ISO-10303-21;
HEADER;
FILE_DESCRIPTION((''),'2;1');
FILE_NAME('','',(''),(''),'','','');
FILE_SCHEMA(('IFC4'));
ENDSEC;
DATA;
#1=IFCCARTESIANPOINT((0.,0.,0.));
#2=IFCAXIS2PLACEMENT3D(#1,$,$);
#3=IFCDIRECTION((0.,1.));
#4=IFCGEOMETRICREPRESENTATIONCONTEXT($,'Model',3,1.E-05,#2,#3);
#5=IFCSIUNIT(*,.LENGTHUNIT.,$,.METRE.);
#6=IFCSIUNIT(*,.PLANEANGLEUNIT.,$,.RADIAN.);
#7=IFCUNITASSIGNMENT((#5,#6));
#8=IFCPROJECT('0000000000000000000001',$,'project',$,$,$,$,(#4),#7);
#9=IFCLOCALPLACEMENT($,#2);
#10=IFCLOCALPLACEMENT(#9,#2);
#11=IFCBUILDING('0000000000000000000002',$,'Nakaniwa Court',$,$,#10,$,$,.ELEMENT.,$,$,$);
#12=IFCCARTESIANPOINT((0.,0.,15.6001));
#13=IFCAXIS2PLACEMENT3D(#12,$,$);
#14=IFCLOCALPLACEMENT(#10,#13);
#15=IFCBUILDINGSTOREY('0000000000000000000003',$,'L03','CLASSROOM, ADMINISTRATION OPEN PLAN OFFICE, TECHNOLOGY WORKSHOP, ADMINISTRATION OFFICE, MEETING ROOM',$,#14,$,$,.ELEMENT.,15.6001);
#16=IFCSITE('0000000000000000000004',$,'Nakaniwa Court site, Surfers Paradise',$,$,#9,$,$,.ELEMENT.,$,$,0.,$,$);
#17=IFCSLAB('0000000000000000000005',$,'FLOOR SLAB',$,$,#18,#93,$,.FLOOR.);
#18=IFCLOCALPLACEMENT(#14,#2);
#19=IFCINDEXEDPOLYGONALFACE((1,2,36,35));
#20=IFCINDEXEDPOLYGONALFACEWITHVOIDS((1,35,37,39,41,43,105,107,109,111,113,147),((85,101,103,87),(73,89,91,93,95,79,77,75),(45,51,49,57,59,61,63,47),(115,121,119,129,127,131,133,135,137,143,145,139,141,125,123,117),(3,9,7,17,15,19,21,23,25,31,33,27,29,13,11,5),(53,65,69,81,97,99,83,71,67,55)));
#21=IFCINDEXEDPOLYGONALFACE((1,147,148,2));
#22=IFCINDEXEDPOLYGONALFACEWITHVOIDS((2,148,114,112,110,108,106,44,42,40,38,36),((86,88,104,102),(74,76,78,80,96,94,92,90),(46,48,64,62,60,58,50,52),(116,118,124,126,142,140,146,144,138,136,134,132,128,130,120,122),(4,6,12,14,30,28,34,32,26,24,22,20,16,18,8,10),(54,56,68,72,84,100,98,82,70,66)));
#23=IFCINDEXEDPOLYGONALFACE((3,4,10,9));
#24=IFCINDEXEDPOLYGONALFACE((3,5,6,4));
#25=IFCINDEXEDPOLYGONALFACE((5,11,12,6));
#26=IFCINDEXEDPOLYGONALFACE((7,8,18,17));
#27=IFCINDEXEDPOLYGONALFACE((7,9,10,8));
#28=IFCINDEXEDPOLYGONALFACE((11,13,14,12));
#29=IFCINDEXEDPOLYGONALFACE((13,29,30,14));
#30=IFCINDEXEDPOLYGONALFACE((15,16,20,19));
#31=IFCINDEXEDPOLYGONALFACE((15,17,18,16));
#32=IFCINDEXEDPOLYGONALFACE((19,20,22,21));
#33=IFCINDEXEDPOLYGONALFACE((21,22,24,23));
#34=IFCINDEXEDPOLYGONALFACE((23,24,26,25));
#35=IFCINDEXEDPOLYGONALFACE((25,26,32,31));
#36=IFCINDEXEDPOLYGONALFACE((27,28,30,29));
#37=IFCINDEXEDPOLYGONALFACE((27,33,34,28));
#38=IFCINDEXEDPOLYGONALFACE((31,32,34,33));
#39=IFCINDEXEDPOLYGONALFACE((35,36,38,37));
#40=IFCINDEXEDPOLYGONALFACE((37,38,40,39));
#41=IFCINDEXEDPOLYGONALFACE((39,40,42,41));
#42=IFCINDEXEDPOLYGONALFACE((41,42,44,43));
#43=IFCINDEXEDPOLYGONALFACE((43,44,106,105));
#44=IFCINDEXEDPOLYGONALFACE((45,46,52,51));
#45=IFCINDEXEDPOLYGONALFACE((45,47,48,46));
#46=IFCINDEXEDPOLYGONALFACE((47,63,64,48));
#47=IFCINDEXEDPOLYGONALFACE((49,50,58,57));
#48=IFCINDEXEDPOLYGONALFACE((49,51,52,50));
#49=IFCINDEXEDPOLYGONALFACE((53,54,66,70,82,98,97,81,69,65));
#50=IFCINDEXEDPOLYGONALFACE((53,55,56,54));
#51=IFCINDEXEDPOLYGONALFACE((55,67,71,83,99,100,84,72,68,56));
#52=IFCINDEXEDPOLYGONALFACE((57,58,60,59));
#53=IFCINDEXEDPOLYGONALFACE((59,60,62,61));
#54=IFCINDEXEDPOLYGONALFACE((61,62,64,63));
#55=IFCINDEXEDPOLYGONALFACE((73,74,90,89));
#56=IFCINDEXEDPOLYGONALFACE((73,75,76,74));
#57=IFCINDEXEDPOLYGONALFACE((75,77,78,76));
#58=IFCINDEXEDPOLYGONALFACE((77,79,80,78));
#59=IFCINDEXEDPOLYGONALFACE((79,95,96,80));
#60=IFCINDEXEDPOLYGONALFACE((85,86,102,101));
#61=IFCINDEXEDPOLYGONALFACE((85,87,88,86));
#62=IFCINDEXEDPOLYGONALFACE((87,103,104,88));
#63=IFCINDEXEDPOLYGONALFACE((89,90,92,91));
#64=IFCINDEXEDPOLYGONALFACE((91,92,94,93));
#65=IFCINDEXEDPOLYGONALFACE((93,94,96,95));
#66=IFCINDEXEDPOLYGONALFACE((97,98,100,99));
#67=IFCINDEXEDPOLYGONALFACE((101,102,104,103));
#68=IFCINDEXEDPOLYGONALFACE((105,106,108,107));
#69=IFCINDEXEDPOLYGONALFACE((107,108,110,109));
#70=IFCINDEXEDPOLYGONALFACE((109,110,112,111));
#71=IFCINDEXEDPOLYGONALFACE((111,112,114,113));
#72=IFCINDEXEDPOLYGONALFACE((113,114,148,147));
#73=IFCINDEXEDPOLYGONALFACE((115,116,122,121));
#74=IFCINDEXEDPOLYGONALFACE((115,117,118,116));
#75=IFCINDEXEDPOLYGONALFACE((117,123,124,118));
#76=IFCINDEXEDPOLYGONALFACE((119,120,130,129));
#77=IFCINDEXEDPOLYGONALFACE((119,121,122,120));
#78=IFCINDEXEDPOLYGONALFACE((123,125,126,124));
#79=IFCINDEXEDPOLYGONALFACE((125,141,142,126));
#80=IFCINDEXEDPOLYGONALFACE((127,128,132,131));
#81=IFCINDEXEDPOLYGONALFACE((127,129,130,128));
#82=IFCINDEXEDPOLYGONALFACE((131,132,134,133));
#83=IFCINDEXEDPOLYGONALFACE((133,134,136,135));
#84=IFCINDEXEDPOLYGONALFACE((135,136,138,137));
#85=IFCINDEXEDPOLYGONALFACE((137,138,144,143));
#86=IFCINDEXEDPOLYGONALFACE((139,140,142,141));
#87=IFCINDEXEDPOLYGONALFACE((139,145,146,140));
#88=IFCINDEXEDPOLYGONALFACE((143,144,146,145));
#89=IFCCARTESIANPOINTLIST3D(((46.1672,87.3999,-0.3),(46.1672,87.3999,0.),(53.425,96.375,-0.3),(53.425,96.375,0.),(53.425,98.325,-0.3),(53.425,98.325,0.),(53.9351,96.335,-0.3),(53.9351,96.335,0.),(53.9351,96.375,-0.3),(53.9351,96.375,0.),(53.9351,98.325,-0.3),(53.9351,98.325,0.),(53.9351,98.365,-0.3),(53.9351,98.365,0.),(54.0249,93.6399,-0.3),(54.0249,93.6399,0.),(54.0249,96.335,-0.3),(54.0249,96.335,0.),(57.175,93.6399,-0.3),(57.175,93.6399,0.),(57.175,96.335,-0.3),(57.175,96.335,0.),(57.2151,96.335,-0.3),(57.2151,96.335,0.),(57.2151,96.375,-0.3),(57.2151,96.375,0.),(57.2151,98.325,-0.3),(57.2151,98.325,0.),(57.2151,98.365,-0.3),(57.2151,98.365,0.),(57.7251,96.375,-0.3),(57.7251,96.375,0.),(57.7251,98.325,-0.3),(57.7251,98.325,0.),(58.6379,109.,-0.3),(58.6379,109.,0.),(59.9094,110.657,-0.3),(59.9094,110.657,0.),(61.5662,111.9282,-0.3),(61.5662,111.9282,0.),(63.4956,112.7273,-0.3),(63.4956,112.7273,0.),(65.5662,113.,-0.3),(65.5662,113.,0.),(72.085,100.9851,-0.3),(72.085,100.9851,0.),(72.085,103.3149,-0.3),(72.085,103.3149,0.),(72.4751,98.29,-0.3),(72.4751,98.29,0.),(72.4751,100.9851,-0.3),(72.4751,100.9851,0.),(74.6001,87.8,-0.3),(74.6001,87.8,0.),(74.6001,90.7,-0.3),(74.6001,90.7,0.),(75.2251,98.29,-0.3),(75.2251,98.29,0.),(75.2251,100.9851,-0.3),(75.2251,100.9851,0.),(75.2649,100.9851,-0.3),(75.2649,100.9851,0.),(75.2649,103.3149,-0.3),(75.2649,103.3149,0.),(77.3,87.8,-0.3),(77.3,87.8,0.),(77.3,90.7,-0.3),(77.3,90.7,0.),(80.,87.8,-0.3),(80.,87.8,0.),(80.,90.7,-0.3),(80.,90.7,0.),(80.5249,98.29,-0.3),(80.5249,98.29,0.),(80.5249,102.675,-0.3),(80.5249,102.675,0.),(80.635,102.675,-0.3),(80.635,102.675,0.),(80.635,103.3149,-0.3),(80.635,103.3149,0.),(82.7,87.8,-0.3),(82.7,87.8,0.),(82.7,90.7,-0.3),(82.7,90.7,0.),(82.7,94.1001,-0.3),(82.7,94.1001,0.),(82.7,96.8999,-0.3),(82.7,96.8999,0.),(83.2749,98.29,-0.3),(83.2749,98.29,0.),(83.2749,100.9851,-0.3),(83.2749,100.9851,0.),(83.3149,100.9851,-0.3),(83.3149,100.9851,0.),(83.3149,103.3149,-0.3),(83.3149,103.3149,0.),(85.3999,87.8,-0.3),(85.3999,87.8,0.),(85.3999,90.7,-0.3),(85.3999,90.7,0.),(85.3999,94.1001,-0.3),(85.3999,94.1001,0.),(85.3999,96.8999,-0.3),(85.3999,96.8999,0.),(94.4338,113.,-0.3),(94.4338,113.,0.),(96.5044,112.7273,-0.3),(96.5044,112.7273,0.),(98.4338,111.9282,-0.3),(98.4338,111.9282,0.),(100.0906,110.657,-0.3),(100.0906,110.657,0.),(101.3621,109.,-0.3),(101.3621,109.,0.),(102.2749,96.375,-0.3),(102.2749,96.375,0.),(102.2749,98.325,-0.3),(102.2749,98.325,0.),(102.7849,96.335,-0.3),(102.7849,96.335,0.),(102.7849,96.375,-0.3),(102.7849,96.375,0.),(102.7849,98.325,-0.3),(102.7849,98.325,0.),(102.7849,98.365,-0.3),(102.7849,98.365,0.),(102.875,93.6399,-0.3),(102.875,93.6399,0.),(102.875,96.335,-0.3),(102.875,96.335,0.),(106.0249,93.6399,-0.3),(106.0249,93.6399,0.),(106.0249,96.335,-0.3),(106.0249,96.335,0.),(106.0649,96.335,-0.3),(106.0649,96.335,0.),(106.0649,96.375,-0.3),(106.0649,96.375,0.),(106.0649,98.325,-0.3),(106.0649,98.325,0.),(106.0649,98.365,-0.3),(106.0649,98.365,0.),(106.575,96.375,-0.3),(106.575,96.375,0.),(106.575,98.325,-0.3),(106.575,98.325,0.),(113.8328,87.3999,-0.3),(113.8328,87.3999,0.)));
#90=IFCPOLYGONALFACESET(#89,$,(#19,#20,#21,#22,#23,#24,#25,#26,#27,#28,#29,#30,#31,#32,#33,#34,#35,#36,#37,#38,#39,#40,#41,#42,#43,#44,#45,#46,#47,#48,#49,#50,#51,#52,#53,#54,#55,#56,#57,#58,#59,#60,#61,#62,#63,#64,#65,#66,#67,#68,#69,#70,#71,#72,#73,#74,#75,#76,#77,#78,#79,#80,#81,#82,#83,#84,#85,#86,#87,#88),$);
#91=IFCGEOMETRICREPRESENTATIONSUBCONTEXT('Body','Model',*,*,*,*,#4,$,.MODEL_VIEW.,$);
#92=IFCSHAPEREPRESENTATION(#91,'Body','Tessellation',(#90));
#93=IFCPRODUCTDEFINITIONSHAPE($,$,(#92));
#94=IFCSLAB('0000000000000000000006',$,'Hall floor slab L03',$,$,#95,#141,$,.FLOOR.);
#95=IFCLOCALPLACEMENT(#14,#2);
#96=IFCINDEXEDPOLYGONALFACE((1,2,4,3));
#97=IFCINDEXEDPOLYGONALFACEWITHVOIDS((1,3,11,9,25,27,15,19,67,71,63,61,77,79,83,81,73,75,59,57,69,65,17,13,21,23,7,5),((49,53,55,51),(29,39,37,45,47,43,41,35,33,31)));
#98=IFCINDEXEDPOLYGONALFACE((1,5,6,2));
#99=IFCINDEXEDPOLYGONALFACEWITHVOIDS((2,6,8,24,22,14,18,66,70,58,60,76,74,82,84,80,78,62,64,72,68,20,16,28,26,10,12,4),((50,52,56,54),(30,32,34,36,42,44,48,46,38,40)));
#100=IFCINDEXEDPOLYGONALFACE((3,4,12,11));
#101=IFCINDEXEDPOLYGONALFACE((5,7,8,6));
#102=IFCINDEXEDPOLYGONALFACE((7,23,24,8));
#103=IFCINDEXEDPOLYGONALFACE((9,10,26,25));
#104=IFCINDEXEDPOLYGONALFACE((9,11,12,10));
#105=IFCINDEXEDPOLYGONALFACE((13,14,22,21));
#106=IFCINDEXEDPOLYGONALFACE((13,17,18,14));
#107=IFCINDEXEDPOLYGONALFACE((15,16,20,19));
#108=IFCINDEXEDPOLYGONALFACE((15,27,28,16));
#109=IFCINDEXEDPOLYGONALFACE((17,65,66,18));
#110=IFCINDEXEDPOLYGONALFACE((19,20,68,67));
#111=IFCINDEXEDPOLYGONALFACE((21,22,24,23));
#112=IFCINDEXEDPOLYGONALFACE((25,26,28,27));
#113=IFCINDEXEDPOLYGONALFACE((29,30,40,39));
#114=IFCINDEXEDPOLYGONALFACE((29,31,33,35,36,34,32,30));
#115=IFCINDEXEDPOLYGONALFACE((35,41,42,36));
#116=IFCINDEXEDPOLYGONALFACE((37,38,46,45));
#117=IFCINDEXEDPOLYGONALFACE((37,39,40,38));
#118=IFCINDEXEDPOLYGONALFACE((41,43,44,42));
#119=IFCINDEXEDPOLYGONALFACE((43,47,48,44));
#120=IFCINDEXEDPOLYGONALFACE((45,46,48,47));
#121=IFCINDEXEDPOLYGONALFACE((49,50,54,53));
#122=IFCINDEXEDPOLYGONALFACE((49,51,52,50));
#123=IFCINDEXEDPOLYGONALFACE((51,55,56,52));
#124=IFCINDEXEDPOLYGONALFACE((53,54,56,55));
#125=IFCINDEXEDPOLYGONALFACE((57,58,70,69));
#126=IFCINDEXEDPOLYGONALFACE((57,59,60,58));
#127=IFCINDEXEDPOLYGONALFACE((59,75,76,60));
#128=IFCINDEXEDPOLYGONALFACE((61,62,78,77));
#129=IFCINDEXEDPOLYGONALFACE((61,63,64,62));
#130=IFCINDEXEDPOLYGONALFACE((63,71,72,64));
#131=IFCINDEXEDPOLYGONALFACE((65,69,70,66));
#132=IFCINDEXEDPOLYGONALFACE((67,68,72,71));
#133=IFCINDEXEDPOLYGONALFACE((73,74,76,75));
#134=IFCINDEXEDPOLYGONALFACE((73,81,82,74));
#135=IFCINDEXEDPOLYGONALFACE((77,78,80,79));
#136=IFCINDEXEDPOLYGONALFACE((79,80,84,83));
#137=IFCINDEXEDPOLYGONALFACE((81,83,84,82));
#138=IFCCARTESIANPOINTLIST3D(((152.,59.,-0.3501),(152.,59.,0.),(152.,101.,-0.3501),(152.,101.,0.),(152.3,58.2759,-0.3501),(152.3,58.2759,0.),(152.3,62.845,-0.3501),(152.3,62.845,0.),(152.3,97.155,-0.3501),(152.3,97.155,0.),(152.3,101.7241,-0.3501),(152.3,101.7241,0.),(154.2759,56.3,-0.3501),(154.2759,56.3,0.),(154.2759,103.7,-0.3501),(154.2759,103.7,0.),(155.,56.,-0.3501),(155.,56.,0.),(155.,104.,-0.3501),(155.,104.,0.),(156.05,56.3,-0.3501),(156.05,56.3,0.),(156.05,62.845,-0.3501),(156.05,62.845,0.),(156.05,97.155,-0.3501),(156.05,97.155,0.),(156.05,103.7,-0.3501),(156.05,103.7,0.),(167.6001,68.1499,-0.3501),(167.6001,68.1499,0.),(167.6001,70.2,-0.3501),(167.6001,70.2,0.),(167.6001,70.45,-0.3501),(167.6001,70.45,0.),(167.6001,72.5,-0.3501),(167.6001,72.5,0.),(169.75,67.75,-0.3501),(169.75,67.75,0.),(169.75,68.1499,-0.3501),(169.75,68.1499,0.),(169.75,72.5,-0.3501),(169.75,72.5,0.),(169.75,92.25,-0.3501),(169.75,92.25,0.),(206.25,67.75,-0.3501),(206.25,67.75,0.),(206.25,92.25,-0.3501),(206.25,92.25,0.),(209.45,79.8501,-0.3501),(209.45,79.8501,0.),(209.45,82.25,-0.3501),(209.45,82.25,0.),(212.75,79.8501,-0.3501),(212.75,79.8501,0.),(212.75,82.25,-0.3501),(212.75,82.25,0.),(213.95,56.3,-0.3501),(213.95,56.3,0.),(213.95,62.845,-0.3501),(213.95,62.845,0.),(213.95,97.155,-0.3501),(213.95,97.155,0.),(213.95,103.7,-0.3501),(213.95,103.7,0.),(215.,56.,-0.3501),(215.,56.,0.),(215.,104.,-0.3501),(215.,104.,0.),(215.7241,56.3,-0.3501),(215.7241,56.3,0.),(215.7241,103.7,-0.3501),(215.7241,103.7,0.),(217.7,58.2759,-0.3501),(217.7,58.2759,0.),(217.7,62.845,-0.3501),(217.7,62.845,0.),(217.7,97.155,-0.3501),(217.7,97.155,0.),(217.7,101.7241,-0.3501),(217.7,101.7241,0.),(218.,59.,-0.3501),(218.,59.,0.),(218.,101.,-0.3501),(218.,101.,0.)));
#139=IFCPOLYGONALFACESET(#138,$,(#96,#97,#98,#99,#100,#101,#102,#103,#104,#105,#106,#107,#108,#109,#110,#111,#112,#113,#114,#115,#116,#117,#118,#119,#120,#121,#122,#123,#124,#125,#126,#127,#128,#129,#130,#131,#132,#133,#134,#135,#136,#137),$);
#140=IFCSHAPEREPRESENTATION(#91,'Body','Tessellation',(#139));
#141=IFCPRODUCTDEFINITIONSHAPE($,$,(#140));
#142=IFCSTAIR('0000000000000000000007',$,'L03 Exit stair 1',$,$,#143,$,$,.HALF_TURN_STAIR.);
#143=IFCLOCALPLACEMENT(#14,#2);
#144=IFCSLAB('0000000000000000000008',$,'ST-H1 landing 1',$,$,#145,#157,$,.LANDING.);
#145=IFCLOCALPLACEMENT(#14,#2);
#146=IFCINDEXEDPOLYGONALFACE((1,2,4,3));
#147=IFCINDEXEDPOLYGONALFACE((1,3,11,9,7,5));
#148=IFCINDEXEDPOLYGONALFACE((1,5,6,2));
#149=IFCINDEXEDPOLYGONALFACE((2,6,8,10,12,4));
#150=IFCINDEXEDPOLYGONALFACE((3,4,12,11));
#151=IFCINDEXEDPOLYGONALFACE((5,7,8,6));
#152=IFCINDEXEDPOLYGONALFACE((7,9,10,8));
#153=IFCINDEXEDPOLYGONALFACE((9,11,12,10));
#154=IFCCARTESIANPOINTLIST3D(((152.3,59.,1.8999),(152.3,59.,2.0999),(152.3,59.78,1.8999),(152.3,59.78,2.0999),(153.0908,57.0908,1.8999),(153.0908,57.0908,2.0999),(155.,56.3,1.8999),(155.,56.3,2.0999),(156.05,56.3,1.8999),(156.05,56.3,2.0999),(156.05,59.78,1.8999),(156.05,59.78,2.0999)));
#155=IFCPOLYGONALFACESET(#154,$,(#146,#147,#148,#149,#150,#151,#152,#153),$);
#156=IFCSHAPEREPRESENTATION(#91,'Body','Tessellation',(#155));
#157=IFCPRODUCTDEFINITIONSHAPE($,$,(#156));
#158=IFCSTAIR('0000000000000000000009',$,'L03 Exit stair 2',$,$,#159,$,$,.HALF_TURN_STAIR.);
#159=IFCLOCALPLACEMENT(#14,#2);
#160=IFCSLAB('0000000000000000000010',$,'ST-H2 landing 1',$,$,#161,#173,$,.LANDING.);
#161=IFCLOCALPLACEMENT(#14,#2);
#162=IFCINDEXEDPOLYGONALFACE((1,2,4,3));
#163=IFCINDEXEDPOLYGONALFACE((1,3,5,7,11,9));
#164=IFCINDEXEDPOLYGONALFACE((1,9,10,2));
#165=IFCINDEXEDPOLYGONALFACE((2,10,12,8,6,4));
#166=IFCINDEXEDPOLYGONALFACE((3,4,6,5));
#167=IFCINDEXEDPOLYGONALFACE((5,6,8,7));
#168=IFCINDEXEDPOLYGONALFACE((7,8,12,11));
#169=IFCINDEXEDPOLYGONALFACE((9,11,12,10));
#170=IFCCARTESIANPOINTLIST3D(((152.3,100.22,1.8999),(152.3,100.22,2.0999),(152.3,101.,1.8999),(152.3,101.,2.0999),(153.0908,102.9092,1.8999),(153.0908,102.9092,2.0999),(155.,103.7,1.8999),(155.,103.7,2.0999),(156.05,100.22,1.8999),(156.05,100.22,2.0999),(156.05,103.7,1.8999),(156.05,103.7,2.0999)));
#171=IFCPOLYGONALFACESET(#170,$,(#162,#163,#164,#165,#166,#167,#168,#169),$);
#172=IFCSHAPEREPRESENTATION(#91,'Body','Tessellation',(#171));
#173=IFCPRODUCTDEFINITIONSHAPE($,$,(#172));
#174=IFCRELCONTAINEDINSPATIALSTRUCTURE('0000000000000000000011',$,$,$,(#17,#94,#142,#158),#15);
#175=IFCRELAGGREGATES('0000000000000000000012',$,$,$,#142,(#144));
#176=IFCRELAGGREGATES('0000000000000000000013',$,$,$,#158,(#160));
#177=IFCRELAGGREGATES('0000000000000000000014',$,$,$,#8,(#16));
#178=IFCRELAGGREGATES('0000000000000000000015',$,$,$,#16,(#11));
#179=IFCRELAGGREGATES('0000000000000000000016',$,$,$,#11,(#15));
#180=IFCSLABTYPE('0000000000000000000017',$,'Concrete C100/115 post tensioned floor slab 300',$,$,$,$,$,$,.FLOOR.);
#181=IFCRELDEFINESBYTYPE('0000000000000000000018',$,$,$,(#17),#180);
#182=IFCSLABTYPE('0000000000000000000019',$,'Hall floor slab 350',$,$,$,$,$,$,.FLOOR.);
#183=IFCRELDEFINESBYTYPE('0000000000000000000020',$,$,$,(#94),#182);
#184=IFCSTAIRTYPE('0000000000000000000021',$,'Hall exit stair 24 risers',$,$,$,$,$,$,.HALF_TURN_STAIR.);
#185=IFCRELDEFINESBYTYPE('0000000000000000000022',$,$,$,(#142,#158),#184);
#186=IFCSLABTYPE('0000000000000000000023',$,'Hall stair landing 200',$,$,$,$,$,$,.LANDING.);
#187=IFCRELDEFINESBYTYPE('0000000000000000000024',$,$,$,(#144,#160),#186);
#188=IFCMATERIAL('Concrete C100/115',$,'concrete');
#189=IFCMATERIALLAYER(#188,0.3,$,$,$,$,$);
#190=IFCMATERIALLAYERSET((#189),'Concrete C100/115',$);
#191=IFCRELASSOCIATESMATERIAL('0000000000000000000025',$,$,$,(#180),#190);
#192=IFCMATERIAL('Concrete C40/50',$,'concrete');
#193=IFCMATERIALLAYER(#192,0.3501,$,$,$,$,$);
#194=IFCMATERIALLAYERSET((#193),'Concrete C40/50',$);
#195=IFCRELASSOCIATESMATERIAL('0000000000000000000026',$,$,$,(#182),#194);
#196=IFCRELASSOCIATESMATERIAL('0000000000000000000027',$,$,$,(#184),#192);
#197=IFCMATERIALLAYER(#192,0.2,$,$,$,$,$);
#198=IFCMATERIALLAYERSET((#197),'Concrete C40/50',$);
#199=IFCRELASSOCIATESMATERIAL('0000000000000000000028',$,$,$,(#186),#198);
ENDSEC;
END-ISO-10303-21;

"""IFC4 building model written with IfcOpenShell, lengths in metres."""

from ifc_helpers import new_model, si_unit, direction, frame, origin, place, context, subcontext, project, spatial, polyline, outline, extrude, material, layer, layer_set, type_object, element, aggregate, save


model = new_model("IFC4")

# Units and contexts
model_context = context("Model", 3, precision=1e-05, world=origin(), true_north=direction((0.0, 1.0)))
body_context = subcontext(model_context, "Body", "Model", "MODEL_VIEW")
ifc_project = project(units=[si_unit("LENGTHUNIT", "METRE"), si_unit("PLANEANGLEUNIT", "RADIAN")], contexts=[model_context])

# Site, building, storey
site_placement = place(None, origin())
site = spatial("IfcSite", under=ifc_project, at=site_placement, Name="Nakaniwa Court site, Surfers Paradise", CompositionType="ELEMENT", RefElevation=0.0)
building_placement = place(site_placement, origin())
building = spatial("IfcBuilding", under=site, at=building_placement, Name="Nakaniwa Court", CompositionType="ELEMENT")
storey_placement = place(building_placement, frame((0.0, 0.0, 15.6001)))
storey = spatial("IfcBuildingStorey", under=building, at=storey_placement, Name="L03", Description="CLASSROOM, ADMINISTRATION OPEN PLAN OFFICE, TECHNOLOGY WORKSHOP, ADMINISTRATION OFFICE, MEETING ROOM", CompositionType="ELEMENT", Elevation=15.6001)

# Shared definitions
ifc_material_1 = material(Name="Concrete C100/115", Category="concrete")

# Slabs
ifc_layer_1 = layer(ifc_material_1, 0.3)
ifc_layer_set_1 = layer_set([ifc_layer_1], Name="Concrete C100/115")
slab_type_1 = type_object("IfcSlabType", Name="Concrete C100/115 post tensioned floor slab 300", PredefinedType="FLOOR", material=ifc_layer_set_1)
slab_1_placement = place(storey_placement, frame((0.0, 0.0, -0.3)))
element("IfcSlab", 1, at=slab_1_placement, inside=storey, type_object=slab_type_1, Name="FLOOR SLAB", PredefinedType="FLOOR", context=body_context, shape_type="SweptSolid", body=[
    extrude(outline(polyline([(58.6379, 109.0), (46.1672, 87.3999), (113.8328, 87.3999), (101.3621, 109.0), (100.0906, 110.657), (98.4338, 111.9282), (96.5044, 112.7273), (94.4338, 113.0), (65.5662, 113.0), (63.4956, 112.7273), (61.5662, 111.9282), (59.9094, 110.657), (58.6379, 109.0)]), holes=[polyline([(82.7, 90.7), (80.0, 90.7), (77.3, 90.7), (74.6001, 90.7), (74.6001, 87.8), (77.3, 87.8), (80.0, 87.8), (82.7, 87.8), (85.3999, 87.8), (85.3999, 90.7), (82.7, 90.7)]), polyline([(57.175, 96.335), (57.2151, 96.335), (57.2151, 96.375), (57.7251, 96.375), (57.7251, 98.325), (57.2151, 98.325), (57.2151, 98.365), (53.9351, 98.365), (53.9351, 98.325), (53.425, 98.325), (53.425, 96.375), (53.9351, 96.375), (53.9351, 96.335), (54.0249, 96.335), (54.0249, 93.6399), (57.175, 93.6399), (57.175, 96.335)]), polyline([(75.2649, 100.9851), (75.2649, 103.3149), (72.085, 103.3149), (72.085, 100.9851), (72.4751, 100.9851), (72.4751, 98.29), (75.2251, 98.29), (75.2251, 100.9851), (75.2649, 100.9851)]), polyline([(85.3999, 94.1001), (85.3999, 96.8999), (82.7, 96.8999), (82.7, 94.1001), (85.3999, 94.1001)]), polyline([(106.0249, 96.335), (106.0649, 96.335), (106.0649, 96.375), (106.575, 96.375), (106.575, 98.325), (106.0649, 98.325), (106.0649, 98.365), (102.7849, 98.365), (102.7849, 98.325), (102.2749, 98.325), (102.2749, 96.375), (102.7849, 96.375), (102.7849, 96.335), (102.875, 96.335), (102.875, 93.6399), (106.0249, 93.6399), (106.0249, 96.335)]), polyline([(83.2749, 100.9851), (83.3149, 100.9851), (83.3149, 103.3149), (80.635, 103.3149), (80.635, 102.675), (80.5249, 102.675), (80.5249, 98.29), (83.2749, 98.29), (83.2749, 100.9851)])]), origin(), (0.0, 0.0, 1.0), 0.3),
])
ifc_material_2 = material(Name="Concrete C40/50", Category="concrete")
ifc_layer_2 = layer(ifc_material_2, 0.3501)
ifc_layer_set_2 = layer_set([ifc_layer_2], Name="Concrete C40/50")
slab_type_2 = type_object("IfcSlabType", Name="Hall floor slab 350", PredefinedType="FLOOR", material=ifc_layer_set_2)
slab_2_placement = place(storey_placement, frame((0.0, 0.0, -0.3501)))
element("IfcSlab", 2, at=slab_2_placement, inside=storey, type_object=slab_type_2, Name="Hall floor slab L03", PredefinedType="FLOOR", context=body_context, shape_type="SweptSolid", body=[
    extrude(outline(polyline([(152.3, 62.845), (156.05, 62.845), (156.05, 56.3), (154.2759, 56.3), (155.0, 56.0), (215.0, 56.0), (215.7241, 56.3), (213.95, 56.3), (213.95, 62.845), (217.7, 62.845), (217.7, 58.2759), (218.0, 59.0), (218.0, 101.0), (217.7, 101.7241), (217.7, 97.155), (213.95, 97.155), (213.95, 103.7), (215.7241, 103.7), (215.0, 104.0), (155.0, 104.0), (154.2759, 103.7), (156.05, 103.7), (156.05, 97.155), (152.3, 97.155), (152.3, 101.7241), (152.0, 101.0), (152.0, 59.0), (152.3, 58.2759), (152.3, 62.845)]), holes=[polyline([(169.75, 72.5), (169.75, 92.25), (206.25, 92.25), (206.25, 67.75), (169.75, 67.75), (169.75, 68.1499), (167.6001, 68.1499), (167.6001, 70.2), (167.6001, 70.45), (167.6001, 72.5), (169.75, 72.5)]), polyline([(212.75, 79.8501), (209.45, 79.8501), (209.45, 82.25), (212.75, 82.25), (212.75, 79.8501)])]), origin(), (0.0, 0.0, 1.0), 0.3501),
])

# Stairs, slabs
stair_type_1 = type_object("IfcStairType", Name="Hall exit stair 24 risers", PredefinedType="HALF_TURN_STAIR", material=ifc_material_2)
stair_1_placement = place(storey_placement, origin())
stair_1 = element("IfcStair", 3, at=stair_1_placement, inside=storey, type_object=stair_type_1, Name="L03 Exit stair 1", PredefinedType="HALF_TURN_STAIR")
ifc_layer_3 = layer(ifc_material_2, 0.2)
ifc_layer_set_3 = layer_set([ifc_layer_3], Name="Concrete C40/50")
slab_type_3 = type_object("IfcSlabType", Name="Hall stair landing 200", PredefinedType="LANDING", material=ifc_layer_set_3)
slab_3_placement = place(storey_placement, frame((0.0, 0.0, 1.8999)))
slab_3 = element("IfcSlab", 4, at=slab_3_placement, type_object=slab_type_3, Name="ST-H1 landing 1", PredefinedType="LANDING", context=body_context, shape_type="SweptSolid", body=[
    extrude(outline(polyline([(152.3, 59.0), (153.0908, 57.0908), (155.0, 56.3), (156.05, 56.3), (156.05, 59.78), (152.3, 59.78), (152.3, 59.0)])), origin(), (0.0, 0.0, 1.0), 0.2),
])
aggregate(stair_1, [slab_3])
stair_2_placement = place(storey_placement, origin())
stair_2 = element("IfcStair", 5, at=stair_2_placement, inside=storey, type_object=stair_type_1, Name="L03 Exit stair 2", PredefinedType="HALF_TURN_STAIR")
slab_4_placement = place(storey_placement, frame((0.0, 0.0, 1.8999)))
slab_4 = element("IfcSlab", 6, at=slab_4_placement, type_object=slab_type_3, Name="ST-H2 landing 1", PredefinedType="LANDING", context=body_context, shape_type="SweptSolid", body=[
    extrude(outline(polyline([(156.05, 103.7), (155.0, 103.7), (153.0908, 102.9092), (152.3, 101.0), (152.3, 100.22), (156.05, 100.22), (156.05, 103.7)])), origin(), (0.0, 0.0, 1.0), 0.2),
])
aggregate(stair_2, [slab_4])

save(model, "model.ifc")
